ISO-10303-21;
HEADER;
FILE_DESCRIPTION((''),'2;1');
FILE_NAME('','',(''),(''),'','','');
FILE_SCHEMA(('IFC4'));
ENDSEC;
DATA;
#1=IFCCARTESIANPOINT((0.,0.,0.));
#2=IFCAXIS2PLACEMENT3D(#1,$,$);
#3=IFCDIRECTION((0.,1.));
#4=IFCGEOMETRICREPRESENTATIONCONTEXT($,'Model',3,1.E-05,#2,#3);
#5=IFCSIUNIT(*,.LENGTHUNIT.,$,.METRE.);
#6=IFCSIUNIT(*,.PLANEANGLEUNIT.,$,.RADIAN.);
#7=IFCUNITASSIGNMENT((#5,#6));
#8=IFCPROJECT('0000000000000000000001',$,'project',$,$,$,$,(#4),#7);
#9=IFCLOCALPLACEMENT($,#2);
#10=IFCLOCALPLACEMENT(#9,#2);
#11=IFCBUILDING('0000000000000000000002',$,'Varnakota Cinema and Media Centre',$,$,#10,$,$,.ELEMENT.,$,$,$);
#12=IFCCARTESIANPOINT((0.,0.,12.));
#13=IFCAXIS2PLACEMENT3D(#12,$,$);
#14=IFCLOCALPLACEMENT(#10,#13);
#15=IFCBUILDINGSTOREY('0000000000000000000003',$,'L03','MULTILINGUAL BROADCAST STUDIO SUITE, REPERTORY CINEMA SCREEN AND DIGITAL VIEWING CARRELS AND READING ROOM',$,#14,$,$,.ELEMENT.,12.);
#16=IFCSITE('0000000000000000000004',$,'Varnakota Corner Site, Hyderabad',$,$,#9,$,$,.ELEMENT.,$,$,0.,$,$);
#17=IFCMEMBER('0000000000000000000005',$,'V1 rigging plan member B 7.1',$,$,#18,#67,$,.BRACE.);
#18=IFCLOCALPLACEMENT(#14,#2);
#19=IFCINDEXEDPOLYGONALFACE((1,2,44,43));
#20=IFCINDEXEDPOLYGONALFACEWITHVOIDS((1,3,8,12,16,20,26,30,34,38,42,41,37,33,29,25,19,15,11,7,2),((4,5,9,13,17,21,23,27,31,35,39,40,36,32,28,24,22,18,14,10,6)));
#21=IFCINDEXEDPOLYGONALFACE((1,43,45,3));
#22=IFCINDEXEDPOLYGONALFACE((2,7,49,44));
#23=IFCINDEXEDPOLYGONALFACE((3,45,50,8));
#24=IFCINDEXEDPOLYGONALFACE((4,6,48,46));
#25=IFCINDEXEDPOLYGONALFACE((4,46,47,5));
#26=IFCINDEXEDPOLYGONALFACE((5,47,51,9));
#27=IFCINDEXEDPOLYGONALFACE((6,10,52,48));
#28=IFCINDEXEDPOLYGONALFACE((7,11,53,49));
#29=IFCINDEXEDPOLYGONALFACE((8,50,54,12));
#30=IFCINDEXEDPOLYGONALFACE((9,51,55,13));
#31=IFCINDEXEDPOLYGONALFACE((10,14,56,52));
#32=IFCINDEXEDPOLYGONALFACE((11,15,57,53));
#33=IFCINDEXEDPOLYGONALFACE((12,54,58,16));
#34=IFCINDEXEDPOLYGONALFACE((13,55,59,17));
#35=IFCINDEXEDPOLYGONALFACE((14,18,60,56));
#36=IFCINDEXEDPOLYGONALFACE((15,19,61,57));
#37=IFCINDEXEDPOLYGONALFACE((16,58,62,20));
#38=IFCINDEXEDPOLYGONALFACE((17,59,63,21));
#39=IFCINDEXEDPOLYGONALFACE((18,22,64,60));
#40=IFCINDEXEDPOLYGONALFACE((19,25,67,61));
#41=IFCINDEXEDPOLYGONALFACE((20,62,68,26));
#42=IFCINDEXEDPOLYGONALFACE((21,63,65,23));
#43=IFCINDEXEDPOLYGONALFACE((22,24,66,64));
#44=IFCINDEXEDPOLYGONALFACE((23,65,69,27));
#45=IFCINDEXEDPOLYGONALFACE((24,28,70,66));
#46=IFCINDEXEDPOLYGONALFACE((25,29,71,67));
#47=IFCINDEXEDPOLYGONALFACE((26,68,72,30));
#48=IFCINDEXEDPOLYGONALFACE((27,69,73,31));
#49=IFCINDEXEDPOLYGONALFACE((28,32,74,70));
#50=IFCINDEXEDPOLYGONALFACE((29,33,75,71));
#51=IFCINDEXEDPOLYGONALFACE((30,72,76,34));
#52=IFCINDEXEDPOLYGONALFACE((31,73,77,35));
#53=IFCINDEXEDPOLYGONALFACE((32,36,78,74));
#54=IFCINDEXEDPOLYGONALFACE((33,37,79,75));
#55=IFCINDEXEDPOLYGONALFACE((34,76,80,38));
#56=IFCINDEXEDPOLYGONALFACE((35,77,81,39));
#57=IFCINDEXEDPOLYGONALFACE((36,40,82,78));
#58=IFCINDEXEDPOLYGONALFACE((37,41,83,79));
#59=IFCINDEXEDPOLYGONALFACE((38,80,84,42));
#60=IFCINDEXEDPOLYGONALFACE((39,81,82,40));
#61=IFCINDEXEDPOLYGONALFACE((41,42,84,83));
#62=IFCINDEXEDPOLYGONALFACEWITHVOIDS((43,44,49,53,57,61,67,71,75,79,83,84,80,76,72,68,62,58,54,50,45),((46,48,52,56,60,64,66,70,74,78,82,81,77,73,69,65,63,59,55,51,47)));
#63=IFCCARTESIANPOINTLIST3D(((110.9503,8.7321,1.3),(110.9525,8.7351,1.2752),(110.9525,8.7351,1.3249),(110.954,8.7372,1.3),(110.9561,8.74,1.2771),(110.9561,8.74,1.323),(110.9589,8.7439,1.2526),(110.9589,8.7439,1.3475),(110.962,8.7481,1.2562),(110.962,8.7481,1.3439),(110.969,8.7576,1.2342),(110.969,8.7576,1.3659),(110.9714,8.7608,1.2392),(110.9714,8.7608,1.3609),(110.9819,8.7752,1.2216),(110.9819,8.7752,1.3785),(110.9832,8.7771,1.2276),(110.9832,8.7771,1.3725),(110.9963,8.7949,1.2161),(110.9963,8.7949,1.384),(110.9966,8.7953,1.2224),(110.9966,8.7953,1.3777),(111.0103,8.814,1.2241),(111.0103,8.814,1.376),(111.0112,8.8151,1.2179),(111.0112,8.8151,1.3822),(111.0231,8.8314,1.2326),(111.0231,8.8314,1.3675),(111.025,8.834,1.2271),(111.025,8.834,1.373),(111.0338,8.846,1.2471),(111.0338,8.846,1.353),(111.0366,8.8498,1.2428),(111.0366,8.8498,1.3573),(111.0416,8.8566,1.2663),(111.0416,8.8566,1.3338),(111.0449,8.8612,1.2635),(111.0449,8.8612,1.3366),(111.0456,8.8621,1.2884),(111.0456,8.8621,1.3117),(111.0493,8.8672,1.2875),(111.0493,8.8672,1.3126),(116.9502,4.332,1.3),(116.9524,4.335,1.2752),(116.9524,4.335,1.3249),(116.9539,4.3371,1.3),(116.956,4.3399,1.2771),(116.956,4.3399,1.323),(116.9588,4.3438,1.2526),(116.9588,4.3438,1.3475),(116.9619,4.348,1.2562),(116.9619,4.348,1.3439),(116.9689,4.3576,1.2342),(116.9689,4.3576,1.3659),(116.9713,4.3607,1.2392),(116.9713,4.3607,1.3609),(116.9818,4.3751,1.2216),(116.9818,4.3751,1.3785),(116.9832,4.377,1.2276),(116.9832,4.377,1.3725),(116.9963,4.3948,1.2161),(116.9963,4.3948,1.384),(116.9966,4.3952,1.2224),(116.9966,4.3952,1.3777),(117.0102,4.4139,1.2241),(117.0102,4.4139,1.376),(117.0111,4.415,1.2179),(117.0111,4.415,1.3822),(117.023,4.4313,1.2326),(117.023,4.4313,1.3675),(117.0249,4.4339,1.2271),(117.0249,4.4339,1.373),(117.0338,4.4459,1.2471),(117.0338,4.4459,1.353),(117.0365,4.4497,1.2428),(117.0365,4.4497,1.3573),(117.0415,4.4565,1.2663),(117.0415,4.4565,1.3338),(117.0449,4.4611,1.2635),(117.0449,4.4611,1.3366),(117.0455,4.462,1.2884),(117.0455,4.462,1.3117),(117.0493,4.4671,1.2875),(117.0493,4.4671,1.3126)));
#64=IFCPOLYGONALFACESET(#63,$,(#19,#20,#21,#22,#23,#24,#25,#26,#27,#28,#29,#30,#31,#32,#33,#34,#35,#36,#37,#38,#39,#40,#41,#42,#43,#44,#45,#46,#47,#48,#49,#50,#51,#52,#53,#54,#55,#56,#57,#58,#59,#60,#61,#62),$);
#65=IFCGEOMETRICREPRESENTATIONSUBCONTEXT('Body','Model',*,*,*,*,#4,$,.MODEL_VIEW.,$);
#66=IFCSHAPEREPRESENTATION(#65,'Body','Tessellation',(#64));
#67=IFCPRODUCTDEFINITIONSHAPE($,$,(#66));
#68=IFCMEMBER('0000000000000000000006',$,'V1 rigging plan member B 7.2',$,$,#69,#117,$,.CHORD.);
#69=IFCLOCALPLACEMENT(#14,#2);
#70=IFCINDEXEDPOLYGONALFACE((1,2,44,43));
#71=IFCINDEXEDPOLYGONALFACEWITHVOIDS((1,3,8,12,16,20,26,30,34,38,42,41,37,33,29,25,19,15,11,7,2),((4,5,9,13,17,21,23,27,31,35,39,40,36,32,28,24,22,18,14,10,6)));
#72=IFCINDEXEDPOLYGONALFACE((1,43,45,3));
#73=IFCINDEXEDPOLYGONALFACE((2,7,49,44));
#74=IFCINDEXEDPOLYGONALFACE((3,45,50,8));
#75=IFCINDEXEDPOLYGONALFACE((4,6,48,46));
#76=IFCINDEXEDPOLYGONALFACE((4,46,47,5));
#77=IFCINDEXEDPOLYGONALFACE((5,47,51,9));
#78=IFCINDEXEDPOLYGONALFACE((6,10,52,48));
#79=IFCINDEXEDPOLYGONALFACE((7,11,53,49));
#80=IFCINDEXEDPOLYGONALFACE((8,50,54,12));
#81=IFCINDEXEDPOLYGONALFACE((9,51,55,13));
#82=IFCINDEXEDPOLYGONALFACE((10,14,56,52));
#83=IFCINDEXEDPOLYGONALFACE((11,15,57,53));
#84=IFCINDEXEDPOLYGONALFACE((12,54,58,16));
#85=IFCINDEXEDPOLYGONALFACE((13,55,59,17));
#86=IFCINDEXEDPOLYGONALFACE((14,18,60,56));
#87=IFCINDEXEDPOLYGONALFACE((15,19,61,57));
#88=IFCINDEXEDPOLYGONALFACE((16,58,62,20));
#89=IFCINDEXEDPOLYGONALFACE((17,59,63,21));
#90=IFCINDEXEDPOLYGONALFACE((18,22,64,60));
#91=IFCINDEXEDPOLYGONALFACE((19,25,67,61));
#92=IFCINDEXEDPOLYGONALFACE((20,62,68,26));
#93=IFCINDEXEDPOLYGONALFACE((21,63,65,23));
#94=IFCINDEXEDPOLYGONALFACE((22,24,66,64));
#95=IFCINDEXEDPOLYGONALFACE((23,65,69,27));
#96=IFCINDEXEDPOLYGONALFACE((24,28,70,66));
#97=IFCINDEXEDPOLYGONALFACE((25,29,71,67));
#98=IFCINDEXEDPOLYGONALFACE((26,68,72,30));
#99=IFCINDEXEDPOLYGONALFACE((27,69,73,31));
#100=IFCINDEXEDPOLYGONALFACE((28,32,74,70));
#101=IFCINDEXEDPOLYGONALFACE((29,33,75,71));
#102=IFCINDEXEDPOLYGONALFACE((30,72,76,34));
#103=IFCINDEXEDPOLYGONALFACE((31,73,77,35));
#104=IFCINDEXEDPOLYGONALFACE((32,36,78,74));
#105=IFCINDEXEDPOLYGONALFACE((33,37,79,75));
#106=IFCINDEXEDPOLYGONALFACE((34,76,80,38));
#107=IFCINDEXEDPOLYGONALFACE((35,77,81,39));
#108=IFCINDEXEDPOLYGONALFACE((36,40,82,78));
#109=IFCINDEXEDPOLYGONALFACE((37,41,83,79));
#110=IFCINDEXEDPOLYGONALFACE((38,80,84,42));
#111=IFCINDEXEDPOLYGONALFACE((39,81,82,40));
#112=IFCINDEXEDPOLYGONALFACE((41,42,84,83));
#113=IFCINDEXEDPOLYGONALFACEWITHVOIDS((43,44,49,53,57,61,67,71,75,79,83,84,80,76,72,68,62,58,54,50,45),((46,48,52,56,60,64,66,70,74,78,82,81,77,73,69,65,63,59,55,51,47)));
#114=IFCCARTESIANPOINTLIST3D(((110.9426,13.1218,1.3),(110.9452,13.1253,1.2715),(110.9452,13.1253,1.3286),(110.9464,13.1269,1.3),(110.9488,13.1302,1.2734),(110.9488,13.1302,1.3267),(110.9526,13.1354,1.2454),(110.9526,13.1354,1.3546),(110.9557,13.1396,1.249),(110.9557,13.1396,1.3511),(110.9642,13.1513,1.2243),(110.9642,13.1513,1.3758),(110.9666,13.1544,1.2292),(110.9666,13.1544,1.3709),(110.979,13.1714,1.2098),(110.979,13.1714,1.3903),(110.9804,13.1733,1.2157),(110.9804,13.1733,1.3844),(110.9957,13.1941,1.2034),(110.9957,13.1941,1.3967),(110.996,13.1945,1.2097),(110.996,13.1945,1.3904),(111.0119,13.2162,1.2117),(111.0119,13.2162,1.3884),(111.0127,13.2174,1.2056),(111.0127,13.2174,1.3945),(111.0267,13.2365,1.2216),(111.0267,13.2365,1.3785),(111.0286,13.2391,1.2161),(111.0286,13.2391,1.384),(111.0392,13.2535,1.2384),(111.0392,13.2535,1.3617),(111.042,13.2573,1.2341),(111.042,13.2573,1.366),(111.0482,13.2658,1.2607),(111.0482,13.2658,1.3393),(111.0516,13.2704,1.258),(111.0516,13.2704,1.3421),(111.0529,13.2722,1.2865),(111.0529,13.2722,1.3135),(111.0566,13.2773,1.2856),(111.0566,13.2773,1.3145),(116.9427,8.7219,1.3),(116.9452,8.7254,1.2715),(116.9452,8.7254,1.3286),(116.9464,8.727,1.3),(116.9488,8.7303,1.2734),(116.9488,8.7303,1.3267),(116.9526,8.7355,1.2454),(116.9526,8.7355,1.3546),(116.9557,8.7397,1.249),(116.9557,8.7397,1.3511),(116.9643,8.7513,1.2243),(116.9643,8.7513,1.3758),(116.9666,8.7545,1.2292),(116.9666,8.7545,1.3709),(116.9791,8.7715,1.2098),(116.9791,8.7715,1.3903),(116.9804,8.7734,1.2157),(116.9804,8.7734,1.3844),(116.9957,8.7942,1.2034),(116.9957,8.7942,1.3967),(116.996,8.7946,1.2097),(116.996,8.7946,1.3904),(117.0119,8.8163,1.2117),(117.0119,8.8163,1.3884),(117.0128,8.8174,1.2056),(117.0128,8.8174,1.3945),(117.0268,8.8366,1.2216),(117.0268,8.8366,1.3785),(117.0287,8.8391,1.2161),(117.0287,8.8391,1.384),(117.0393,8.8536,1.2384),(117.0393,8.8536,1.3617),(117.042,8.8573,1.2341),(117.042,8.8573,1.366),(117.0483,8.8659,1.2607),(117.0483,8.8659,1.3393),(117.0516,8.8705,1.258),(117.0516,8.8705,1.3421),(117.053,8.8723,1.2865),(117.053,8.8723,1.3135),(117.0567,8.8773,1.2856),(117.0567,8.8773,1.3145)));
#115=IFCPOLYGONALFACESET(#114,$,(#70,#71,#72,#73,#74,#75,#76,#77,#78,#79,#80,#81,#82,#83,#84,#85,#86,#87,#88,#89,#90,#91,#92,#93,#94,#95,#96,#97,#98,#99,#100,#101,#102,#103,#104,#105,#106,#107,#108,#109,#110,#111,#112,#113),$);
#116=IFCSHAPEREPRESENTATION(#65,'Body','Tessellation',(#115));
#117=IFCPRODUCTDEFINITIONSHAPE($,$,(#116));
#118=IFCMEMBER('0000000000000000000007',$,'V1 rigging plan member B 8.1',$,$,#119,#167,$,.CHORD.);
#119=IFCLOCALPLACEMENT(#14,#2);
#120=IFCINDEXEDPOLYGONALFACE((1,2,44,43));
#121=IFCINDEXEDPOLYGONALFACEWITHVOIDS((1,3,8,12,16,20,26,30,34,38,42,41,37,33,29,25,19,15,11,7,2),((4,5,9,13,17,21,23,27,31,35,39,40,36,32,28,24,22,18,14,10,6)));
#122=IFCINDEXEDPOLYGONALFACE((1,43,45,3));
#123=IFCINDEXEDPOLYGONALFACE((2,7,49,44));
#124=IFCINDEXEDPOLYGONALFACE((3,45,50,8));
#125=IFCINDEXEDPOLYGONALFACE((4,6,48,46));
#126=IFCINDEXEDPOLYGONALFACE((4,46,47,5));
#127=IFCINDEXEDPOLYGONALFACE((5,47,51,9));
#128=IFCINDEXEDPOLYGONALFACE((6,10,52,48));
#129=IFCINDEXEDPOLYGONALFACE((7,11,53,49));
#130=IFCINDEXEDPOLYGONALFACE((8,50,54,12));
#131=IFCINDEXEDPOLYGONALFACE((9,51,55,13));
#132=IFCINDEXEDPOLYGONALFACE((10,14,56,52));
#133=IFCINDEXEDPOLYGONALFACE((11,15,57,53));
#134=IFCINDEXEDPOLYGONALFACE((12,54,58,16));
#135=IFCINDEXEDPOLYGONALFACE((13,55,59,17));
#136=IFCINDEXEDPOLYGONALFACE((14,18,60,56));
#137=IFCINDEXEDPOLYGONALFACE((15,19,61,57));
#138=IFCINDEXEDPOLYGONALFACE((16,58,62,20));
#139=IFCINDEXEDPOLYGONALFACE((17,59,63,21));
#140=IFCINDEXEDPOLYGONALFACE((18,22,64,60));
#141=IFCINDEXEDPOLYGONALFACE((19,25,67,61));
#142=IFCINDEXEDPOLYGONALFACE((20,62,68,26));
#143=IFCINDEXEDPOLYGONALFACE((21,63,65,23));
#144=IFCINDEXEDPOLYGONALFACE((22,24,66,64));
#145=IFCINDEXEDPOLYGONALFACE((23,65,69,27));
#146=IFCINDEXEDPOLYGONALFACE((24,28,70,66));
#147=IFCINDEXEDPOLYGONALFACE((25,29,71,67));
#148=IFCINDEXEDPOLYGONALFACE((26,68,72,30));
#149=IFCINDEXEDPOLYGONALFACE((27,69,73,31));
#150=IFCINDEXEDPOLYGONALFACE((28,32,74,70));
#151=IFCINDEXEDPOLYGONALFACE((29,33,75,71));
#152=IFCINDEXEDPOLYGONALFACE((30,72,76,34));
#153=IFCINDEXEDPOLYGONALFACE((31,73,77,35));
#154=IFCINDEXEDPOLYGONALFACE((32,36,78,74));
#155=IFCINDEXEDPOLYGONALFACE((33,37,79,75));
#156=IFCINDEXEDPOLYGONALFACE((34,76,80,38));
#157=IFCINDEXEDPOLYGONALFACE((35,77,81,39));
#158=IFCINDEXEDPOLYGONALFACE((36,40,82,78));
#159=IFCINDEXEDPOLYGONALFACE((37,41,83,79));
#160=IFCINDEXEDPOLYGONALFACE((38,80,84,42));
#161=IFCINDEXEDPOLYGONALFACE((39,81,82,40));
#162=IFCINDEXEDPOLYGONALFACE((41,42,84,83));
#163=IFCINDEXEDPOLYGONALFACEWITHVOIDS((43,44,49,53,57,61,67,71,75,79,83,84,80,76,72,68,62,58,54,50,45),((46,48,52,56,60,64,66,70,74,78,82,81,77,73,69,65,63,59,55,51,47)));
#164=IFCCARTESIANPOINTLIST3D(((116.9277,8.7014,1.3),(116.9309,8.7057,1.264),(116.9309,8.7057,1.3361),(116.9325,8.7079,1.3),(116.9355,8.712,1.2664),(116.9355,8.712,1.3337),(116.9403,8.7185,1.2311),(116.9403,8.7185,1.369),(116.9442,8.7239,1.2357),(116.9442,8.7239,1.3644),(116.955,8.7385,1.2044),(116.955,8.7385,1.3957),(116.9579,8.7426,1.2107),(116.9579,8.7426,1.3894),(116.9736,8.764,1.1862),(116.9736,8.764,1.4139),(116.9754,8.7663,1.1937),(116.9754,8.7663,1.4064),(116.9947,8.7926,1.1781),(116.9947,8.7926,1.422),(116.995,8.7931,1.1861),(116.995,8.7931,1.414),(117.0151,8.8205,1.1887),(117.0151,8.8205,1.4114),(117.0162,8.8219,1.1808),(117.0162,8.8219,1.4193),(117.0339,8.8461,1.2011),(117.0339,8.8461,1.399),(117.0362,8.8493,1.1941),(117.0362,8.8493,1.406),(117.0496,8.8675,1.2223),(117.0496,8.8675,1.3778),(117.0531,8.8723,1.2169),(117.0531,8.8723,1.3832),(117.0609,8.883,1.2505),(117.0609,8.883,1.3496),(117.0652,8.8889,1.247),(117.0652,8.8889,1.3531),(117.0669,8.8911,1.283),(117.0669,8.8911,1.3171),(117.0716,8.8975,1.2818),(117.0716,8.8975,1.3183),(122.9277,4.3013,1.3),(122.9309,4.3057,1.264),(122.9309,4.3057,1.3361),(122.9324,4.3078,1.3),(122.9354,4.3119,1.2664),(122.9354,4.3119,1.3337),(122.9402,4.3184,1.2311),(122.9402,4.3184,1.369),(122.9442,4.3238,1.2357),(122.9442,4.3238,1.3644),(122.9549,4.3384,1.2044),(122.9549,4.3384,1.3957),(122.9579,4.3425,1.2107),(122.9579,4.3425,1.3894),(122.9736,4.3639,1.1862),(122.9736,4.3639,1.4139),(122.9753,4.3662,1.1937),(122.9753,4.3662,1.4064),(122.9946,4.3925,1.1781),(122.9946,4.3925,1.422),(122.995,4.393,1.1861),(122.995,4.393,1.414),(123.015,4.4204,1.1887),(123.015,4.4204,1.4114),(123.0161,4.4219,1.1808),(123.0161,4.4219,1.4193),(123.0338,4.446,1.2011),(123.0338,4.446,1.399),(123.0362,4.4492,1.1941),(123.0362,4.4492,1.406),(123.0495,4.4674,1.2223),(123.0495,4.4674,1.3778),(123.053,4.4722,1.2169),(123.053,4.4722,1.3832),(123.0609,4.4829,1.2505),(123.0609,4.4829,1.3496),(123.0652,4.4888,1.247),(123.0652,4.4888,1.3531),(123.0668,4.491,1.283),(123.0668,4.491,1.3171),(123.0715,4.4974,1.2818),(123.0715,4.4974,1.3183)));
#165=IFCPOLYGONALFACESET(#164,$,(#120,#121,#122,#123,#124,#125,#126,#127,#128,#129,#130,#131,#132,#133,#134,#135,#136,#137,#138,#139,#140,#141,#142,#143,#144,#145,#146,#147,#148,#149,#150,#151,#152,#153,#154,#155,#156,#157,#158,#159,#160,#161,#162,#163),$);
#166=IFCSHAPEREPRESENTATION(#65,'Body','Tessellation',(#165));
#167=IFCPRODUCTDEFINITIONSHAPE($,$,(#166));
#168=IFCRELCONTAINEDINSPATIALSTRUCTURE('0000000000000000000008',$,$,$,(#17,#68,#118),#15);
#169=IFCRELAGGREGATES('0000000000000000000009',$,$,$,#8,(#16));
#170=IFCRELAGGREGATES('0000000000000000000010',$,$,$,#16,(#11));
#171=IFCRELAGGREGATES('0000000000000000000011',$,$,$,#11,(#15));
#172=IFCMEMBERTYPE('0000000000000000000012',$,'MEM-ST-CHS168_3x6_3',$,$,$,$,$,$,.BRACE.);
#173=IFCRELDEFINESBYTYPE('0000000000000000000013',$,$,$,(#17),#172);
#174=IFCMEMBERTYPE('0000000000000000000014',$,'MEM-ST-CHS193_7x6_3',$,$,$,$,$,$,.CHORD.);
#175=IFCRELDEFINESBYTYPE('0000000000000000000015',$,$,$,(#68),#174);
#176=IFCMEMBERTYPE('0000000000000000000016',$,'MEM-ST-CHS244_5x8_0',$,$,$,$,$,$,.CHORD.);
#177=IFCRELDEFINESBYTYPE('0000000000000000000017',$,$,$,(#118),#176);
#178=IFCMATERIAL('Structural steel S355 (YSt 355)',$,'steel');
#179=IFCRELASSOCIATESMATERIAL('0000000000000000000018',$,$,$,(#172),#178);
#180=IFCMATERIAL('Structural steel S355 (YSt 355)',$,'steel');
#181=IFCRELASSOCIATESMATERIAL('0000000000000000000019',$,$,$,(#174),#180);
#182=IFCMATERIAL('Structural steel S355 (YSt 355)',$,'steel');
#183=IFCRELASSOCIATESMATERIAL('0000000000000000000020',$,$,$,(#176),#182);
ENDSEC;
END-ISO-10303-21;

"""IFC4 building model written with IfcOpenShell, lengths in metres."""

from ifc_helpers import new_model, si_unit, direction, frame, origin, origin_2d, place, context, subcontext, project, spatial, hollow_circle, extrude, material, material_profile, profile_set, type_object, element, save


model = new_model("IFC4")

# Units and contexts
model_context = context("Model", 3, precision=1e-05, world=origin(), true_north=direction((0.0, 1.0)))
body_context = subcontext(model_context, "Body", "Model", "MODEL_VIEW")
ifc_project = project(units=[si_unit("LENGTHUNIT", "METRE"), si_unit("PLANEANGLEUNIT", "RADIAN")], contexts=[model_context])

# Site, building, storey
site_placement = place(None, origin())
site = spatial("IfcSite", under=ifc_project, at=site_placement, Name="Varnakota Corner Site, Hyderabad", CompositionType="ELEMENT", RefElevation=0.0)
building_placement = place(site_placement, origin())
building = spatial("IfcBuilding", under=site, at=building_placement, Name="Varnakota Cinema and Media Centre", CompositionType="ELEMENT")
storey_placement = place(building_placement, frame((0.0, 0.0, 12.0)))
storey = spatial("IfcBuildingStorey", under=building, at=storey_placement, Name="L03", Description="MULTILINGUAL BROADCAST STUDIO SUITE, REPERTORY CINEMA SCREEN AND DIGITAL VIEWING CARRELS AND READING ROOM", CompositionType="ELEMENT", Elevation=12.0)

# Members
ifc_material_1 = material(Name="Structural steel S355 (YSt 355)", Category="steel")
ifc_material_profile_1 = material_profile(ifc_material_1, hollow_circle(Radius=0.0842, WallThickness=0.0063, at=origin_2d()), Name="CHS 168.3x6.3")
ifc_profile_set_1 = profile_set([ifc_material_profile_1], Name="Structural steel S355 (YSt 355)")
member_type_1 = type_object("IfcMemberType", Name="MEM-ST-CHS168_3x6_3", PredefinedType="BRACE", material=ifc_profile_set_1)
member_1_placement = place(storey_placement, frame((117.0, 4.3999, 1.3), z_axis=(-0.806396, 0.591376, 0.0), x_axis=(-0.591376, -0.806396, 0.0)))
element("IfcMember", 1, at=member_1_placement, inside=storey, type_object=member_type_1, Name="V1 rigging plan member B 7.1", PredefinedType="BRACE", context=body_context, shape_type="SweptSolid", body=[
    extrude(hollow_circle(Radius=0.0842, WallThickness=0.0063, at=origin_2d()), origin(), (0.0, 0.0, 1.0), 7.4404),
])
ifc_material_2 = material(Name="Structural steel S355 (YSt 355)", Category="steel")
ifc_material_profile_2 = material_profile(ifc_material_2, hollow_circle(Radius=0.0969, WallThickness=0.0063, at=origin_2d()), Name="CHS 193.7x6.3")
ifc_profile_set_2 = profile_set([ifc_material_profile_2], Name="Structural steel S355 (YSt 355)")
member_type_2 = type_object("IfcMemberType", Name="MEM-ST-CHS193_7x6_3", PredefinedType="CHORD", material=ifc_profile_set_2)
member_2_placement = place(storey_placement, frame((117.0, 8.8, 1.3), z_axis=(-0.806411, 0.591355, 0.0), x_axis=(-0.591355, -0.806411, 0.0)))
element("IfcMember", 2, at=member_2_placement, inside=storey, type_object=member_type_2, Name="V1 rigging plan member B 7.2", PredefinedType="CHORD", context=body_context, shape_type="SweptSolid", body=[
    extrude(hollow_circle(Radius=0.0969, WallThickness=0.0063, at=origin_2d()), origin(), (0.0, 0.0, 1.0), 7.4404),
])
ifc_material_3 = material(Name="Structural steel S355 (YSt 355)", Category="steel")
ifc_material_profile_3 = material_profile(ifc_material_3, hollow_circle(Radius=0.1223, WallThickness=0.0081, at=origin_2d()), Name="CHS 244.5x8.0")
ifc_profile_set_3 = profile_set([ifc_material_profile_3], Name="Structural steel S355 (YSt 355)")
member_type_3 = type_object("IfcMemberType", Name="MEM-ST-CHS244_5x8_0", PredefinedType="CHORD", material=ifc_profile_set_3)
member_3_placement = place(storey_placement, frame((123.0, 4.3999, 1.3), z_axis=(-0.806396, 0.591376, 0.0), x_axis=(-0.591376, -0.806396, 0.0)))
element("IfcMember", 3, at=member_3_placement, inside=storey, type_object=member_type_3, Name="V1 rigging plan member B 8.1", PredefinedType="CHORD", context=body_context, shape_type="SweptSolid", body=[
    extrude(hollow_circle(Radius=0.1223, WallThickness=0.0081, at=origin_2d()), origin(), (0.0, 0.0, 1.0), 7.4404),
])

save(model, "model.ifc")
